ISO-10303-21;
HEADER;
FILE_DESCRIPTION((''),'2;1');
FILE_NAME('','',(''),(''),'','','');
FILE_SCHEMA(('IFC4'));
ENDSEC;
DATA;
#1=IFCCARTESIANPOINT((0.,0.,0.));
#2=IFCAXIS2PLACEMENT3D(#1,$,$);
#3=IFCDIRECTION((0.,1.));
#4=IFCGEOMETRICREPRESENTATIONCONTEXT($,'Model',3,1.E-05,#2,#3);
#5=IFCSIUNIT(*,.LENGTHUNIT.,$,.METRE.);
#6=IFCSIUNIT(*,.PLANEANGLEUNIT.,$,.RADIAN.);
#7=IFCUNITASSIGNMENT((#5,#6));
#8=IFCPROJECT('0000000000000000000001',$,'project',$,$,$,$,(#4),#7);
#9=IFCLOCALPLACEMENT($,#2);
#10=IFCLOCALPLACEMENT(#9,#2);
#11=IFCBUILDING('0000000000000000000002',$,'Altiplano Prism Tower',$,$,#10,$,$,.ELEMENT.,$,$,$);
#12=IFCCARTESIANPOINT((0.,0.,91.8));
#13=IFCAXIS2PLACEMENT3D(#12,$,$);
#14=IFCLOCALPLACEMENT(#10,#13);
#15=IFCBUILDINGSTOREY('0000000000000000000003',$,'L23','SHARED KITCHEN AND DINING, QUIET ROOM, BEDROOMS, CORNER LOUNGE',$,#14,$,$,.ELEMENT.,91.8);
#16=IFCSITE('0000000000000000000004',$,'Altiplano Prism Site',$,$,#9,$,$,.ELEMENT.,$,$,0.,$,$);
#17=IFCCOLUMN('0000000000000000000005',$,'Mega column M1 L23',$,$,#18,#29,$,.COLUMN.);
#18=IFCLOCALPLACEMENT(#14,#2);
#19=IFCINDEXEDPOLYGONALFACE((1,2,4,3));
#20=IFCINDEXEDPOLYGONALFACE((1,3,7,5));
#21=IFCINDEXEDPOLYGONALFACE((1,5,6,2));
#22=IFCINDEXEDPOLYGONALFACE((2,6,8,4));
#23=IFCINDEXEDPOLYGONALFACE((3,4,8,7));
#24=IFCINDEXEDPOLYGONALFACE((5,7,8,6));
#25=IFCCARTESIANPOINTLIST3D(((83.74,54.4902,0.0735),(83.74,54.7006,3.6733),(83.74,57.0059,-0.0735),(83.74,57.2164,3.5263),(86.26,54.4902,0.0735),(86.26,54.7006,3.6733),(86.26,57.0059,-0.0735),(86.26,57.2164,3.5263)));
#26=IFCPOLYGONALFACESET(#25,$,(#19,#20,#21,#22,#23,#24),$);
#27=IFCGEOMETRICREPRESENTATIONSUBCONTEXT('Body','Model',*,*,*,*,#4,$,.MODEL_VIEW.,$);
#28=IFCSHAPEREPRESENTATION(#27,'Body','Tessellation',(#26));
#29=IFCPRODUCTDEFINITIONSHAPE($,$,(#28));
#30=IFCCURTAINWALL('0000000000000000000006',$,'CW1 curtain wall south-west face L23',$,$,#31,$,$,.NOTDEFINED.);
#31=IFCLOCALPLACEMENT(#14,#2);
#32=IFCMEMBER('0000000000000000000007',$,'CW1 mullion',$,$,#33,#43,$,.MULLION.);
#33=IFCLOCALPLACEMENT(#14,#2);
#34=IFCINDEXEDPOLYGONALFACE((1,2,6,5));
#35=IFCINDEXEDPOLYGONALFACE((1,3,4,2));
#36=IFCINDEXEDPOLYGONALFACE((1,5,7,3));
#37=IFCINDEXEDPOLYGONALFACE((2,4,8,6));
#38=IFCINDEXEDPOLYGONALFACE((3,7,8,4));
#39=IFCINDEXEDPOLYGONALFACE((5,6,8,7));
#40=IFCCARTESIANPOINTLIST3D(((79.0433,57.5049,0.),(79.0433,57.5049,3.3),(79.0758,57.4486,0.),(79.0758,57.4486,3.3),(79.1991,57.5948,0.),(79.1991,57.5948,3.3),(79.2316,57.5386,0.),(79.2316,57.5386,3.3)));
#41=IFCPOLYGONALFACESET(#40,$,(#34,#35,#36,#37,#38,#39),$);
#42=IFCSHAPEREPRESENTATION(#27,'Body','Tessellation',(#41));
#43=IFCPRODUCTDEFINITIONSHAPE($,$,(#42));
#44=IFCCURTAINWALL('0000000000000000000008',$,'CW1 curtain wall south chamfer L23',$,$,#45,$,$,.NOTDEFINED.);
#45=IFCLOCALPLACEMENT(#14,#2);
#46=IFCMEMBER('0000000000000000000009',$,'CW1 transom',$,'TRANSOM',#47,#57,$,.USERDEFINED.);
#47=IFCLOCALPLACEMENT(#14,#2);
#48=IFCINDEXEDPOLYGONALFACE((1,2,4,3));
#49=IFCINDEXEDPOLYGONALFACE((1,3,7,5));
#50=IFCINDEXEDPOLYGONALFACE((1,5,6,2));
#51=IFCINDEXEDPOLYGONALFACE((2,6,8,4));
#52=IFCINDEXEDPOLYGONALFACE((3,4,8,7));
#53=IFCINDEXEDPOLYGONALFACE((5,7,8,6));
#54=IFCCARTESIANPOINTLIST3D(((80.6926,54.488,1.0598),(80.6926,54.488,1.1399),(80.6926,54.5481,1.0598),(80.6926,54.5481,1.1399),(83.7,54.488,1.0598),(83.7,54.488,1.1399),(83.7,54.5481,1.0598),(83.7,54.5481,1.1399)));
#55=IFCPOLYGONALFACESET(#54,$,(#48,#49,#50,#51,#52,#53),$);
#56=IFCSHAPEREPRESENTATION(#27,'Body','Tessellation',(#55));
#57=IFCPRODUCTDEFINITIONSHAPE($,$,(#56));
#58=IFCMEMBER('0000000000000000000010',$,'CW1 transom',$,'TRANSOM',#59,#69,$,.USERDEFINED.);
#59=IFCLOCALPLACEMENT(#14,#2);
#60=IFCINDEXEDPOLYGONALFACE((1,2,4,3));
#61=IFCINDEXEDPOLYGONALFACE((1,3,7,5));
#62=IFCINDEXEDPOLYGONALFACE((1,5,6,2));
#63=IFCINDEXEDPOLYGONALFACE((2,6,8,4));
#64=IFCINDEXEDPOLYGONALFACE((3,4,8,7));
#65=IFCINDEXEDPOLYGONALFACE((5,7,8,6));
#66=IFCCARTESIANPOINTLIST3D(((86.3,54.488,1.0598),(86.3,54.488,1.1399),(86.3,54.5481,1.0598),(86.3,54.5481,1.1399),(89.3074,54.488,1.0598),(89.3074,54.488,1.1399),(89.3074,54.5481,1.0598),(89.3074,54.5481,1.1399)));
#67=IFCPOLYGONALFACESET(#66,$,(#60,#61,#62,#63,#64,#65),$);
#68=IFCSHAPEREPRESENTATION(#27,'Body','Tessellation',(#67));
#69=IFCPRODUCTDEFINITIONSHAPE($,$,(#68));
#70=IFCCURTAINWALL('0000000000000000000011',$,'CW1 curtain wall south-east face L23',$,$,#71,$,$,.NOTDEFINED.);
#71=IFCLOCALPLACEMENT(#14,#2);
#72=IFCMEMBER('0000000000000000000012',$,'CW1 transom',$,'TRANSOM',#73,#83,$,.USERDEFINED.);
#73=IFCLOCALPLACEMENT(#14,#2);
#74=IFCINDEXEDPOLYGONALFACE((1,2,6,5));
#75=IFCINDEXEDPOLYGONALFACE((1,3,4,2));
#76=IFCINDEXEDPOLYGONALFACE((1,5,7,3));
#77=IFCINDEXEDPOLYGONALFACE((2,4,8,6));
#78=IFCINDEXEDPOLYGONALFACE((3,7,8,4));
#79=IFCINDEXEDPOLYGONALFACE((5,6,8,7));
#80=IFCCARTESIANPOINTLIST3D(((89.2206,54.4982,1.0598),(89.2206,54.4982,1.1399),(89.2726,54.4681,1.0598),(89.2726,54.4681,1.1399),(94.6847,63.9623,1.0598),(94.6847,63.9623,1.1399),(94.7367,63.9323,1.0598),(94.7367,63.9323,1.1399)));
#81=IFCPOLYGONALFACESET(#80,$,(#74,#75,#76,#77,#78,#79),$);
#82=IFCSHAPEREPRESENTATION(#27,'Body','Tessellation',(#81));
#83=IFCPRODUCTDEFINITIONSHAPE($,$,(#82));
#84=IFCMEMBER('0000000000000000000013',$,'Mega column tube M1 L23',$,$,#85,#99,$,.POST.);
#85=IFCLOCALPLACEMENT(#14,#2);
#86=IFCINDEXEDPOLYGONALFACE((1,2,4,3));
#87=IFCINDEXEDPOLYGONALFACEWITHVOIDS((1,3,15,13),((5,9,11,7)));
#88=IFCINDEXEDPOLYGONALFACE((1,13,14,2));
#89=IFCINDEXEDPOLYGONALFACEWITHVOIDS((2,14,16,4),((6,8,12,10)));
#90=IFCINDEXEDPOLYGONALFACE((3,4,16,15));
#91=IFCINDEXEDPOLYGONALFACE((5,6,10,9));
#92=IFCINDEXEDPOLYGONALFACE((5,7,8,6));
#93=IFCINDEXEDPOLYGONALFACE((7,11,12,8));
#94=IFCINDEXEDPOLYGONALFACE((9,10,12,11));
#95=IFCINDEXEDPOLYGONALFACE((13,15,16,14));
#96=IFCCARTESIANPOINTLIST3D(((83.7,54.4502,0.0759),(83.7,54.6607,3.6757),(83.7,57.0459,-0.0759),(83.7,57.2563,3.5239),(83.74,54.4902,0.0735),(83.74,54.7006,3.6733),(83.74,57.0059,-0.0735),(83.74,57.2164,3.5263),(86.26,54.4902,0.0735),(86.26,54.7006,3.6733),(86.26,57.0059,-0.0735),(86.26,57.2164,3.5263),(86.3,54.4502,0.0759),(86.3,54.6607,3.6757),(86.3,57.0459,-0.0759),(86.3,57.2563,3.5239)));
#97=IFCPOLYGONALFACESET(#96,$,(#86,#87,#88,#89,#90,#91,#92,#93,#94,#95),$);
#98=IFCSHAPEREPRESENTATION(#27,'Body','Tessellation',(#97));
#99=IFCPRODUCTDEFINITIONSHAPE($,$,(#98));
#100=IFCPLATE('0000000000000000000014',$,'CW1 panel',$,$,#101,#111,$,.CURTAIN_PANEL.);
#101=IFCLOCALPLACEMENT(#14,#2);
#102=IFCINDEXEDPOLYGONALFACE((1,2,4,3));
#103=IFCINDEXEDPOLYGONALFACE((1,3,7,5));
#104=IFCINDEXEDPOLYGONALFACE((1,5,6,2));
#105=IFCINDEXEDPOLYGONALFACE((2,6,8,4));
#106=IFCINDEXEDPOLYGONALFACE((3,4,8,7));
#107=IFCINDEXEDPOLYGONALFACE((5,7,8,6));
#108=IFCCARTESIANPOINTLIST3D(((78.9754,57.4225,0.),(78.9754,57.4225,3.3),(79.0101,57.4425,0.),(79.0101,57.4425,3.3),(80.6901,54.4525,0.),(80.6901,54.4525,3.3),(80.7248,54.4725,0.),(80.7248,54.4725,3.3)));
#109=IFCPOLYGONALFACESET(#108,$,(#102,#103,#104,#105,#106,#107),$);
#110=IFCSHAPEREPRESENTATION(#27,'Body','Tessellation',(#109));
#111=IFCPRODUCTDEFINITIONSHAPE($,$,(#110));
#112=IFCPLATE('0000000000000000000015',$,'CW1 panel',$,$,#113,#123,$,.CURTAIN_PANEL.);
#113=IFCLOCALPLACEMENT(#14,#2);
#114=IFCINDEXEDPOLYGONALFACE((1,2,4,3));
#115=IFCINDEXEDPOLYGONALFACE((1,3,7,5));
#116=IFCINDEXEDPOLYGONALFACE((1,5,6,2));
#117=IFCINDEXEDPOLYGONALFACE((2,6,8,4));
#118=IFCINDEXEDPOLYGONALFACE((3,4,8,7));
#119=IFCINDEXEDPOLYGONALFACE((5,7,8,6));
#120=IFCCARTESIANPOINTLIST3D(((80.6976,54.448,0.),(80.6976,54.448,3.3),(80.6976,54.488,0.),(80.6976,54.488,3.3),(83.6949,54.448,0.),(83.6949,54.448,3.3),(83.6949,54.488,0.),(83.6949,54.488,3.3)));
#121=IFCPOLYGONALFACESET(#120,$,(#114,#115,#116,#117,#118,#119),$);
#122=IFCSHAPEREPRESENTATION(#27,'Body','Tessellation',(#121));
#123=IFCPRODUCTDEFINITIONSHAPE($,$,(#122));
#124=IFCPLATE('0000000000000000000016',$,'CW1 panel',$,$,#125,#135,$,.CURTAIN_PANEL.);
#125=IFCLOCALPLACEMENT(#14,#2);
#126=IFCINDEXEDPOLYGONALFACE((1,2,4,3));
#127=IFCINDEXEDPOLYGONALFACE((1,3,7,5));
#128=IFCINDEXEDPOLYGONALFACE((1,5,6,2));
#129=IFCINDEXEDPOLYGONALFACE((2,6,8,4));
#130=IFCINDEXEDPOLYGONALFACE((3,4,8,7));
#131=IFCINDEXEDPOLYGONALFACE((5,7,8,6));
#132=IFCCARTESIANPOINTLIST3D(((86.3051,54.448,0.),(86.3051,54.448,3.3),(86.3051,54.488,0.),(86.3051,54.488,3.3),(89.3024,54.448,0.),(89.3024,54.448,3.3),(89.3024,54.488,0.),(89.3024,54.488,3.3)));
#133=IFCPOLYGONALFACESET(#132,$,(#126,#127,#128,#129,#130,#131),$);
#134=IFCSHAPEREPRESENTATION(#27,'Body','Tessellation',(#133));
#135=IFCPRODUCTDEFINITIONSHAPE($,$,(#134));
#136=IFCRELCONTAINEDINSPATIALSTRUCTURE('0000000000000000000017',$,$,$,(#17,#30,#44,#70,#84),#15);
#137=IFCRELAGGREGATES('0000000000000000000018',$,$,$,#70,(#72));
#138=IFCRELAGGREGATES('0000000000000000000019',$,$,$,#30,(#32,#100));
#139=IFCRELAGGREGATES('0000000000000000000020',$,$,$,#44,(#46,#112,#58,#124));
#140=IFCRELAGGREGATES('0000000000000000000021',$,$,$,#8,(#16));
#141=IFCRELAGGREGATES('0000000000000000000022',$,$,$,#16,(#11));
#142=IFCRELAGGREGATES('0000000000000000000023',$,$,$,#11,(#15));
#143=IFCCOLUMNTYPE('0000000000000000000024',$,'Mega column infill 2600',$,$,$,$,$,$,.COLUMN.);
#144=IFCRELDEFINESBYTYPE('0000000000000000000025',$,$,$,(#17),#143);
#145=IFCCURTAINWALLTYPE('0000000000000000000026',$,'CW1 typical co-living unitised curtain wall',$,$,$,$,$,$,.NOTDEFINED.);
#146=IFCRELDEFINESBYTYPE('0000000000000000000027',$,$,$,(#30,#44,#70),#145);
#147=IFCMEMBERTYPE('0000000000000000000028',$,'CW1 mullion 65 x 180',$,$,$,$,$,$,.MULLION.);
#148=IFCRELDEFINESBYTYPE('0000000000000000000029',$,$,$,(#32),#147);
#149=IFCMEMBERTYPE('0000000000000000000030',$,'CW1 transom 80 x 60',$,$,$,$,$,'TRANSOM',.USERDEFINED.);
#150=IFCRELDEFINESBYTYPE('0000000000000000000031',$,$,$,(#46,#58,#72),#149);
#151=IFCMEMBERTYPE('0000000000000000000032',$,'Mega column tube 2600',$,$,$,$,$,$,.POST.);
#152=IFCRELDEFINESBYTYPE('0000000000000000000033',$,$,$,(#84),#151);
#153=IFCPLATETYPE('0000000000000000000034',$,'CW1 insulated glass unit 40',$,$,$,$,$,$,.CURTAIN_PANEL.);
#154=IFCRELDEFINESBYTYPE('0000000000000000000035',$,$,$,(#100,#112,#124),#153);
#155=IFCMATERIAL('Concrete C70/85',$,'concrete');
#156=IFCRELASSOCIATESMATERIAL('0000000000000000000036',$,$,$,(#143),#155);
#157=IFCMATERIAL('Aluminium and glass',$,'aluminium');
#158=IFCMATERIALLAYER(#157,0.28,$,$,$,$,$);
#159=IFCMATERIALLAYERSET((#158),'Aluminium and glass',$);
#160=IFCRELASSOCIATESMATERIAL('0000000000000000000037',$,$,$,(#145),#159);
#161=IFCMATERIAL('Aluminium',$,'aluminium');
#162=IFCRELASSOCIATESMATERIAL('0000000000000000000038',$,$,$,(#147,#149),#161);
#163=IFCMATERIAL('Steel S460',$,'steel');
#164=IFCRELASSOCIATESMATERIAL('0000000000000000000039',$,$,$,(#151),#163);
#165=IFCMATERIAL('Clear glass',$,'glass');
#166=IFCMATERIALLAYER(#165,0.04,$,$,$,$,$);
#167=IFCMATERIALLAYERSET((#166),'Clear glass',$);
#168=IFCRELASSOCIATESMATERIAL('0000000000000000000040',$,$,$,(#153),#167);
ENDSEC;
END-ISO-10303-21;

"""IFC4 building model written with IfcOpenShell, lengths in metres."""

from ifc_helpers import new_model, si_unit, direction, frame, origin, origin_2d, place, context, subcontext, project, spatial, rectangle, hollow_rectangle, extrude, material, layer, layer_set, material_profile, profile_set, type_object, element, aggregate, save


model = new_model("IFC4")

# Units and contexts
model_context = context("Model", 3, precision=1e-05, world=origin(), true_north=direction((0.0, 1.0)))
body_context = subcontext(model_context, "Body", "Model", "MODEL_VIEW")
ifc_project = project(units=[si_unit("LENGTHUNIT", "METRE"), si_unit("PLANEANGLEUNIT", "RADIAN")], contexts=[model_context])

# Site, building, storey
site_placement = place(None, origin())
site = spatial("IfcSite", under=ifc_project, at=site_placement, Name="Altiplano Prism Site", CompositionType="ELEMENT", RefElevation=0.0)
building_placement = place(site_placement, origin())
building = spatial("IfcBuilding", under=site, at=building_placement, Name="Altiplano Prism Tower", CompositionType="ELEMENT")
storey_placement = place(building_placement, frame((0.0, 0.0, 91.8)))
storey = spatial("IfcBuildingStorey", under=building, at=storey_placement, Name="L23", Description="SHARED KITCHEN AND DINING, QUIET ROOM, BEDROOMS, CORNER LOUNGE", CompositionType="ELEMENT", Elevation=91.8)

# Column
ifc_material_1 = material(Name="Concrete C70/85", Category="concrete")
ifc_material_profile_1 = material_profile(ifc_material_1, rectangle(XDim=2.52, YDim=2.52, at=origin_2d()), Name="Mega column infill 2600")
ifc_profile_set_1 = profile_set([ifc_material_profile_1], Name="Concrete C70/85")
column_type = type_object("IfcColumnType", Name="Mega column infill 2600", PredefinedType="COLUMN", material=ifc_profile_set_1)
column_placement = place(storey_placement, frame((85.0, 55.748, 0.0), z_axis=(0.0, 0.058361, 0.998296), x_axis=(-1.0, 0.0, 0.0)))
element("IfcColumn", 1, at=column_placement, inside=storey, type_object=column_type, Name="Mega column M1 L23", PredefinedType="COLUMN", context=body_context, shape_type="SweptSolid", body=[
    extrude(rectangle(XDim=2.52, YDim=2.52, at=origin_2d()), origin(), (0.0, 0.0, 1.0), 3.606),
])

# Curtain wall, member
ifc_material_2 = material(Name="Aluminium and glass", Category="aluminium")
ifc_layer_1 = layer(ifc_material_2, 0.28)
ifc_layer_set_1 = layer_set([ifc_layer_1], Name="Aluminium and glass")
curtain_wall_type = type_object("IfcCurtainWallType", Name="CW1 typical co-living unitised curtain wall", PredefinedType="NOTDEFINED", material=ifc_layer_set_1)
curtain_wall_1_placement = place(storey_placement, origin())
curtain_wall_1 = element("IfcCurtainWall", 2, at=curtain_wall_1_placement, inside=storey, type_object=curtain_wall_type, Name="CW1 curtain wall south-west face L23", PredefinedType="NOTDEFINED")
ifc_material_3 = material(Name="Aluminium", Category="aluminium")
ifc_material_profile_2 = material_profile(ifc_material_3, rectangle(XDim=0.1799, YDim=0.0649, at=origin_2d()), Name="CW1 mullion 65 x 180")
ifc_profile_set_2 = profile_set([ifc_material_profile_2], Name="Aluminium")
member_type_1 = type_object("IfcMemberType", Name="CW1 mullion 65 x 180", PredefinedType="MULLION", material=ifc_profile_set_2)
member_1_placement = place(storey_placement, frame((79.1375, 57.5217, 0.0), z_axis=(0.0, 0.0, 1.0), x_axis=(0.866025, 0.5, 0.0)))
member_1 = element("IfcMember", 3, at=member_1_placement, type_object=member_type_1, Name="CW1 mullion", PredefinedType="MULLION", context=body_context, shape_type="SweptSolid", body=[
    extrude(rectangle(XDim=0.1799, YDim=0.0649, at=origin_2d()), origin(), (0.0, 0.0, 1.0), 3.3),
])

# Curtain wall, members
curtain_wall_2_placement = place(storey_placement, origin())
curtain_wall_2 = element("IfcCurtainWall", 4, at=curtain_wall_2_placement, inside=storey, type_object=curtain_wall_type, Name="CW1 curtain wall south chamfer L23", PredefinedType="NOTDEFINED")
ifc_material_profile_3 = material_profile(ifc_material_3, rectangle(XDim=0.0601, YDim=0.0801, at=origin_2d()), Name="CW1 transom 80 x 60")
ifc_profile_set_3 = profile_set([ifc_material_profile_3], Name="Aluminium")
member_type_2 = type_object("IfcMemberType", Name="CW1 transom 80 x 60", ElementType="TRANSOM", PredefinedType="USERDEFINED", material=ifc_profile_set_3)
member_2_placement = place(storey_placement, frame((80.6926, 54.5181, 1.0999), z_axis=(1.0, 0.0, 0.0), x_axis=(0.0, 1.0, 0.0)))
member_2 = element("IfcMember", 5, at=member_2_placement, type_object=member_type_2, Name="CW1 transom", ObjectType="TRANSOM", PredefinedType="USERDEFINED", context=body_context, shape_type="SweptSolid", body=[
    extrude(rectangle(XDim=0.0601, YDim=0.0801, at=origin_2d()), origin(), (0.0, 0.0, 1.0), 3.0073),
])
member_3_placement = place(storey_placement, frame((86.3, 54.5181, 1.0999), z_axis=(1.0, 0.0, 0.0), x_axis=(0.0, 1.0, 0.0)))
member_3 = element("IfcMember", 6, at=member_3_placement, type_object=member_type_2, Name="CW1 transom", ObjectType="TRANSOM", PredefinedType="USERDEFINED", context=body_context, shape_type="SweptSolid", body=[
    extrude(rectangle(XDim=0.0601, YDim=0.0801, at=origin_2d()), origin(), (0.0, 0.0, 1.0), 3.0073),
])

# Curtain wall, member
curtain_wall_3_placement = place(storey_placement, origin())
curtain_wall_3 = element("IfcCurtainWall", 7, at=curtain_wall_3_placement, inside=storey, type_object=curtain_wall_type, Name="CW1 curtain wall south-east face L23", PredefinedType="NOTDEFINED")
member_4_placement = place(storey_placement, frame((89.2466, 54.4832, 1.0999), z_axis=(0.5, 0.866025, 0.0), x_axis=(-0.866025, 0.5, 0.0)))
member_4 = element("IfcMember", 8, at=member_4_placement, type_object=member_type_2, Name="CW1 transom", ObjectType="TRANSOM", PredefinedType="USERDEFINED", context=body_context, shape_type="SweptSolid", body=[
    extrude(rectangle(XDim=0.0601, YDim=0.0801, at=origin_2d()), origin(), (0.0, 0.0, 1.0), 10.9282),
])
aggregate(curtain_wall_3, [member_4])

# Member
ifc_material_4 = material(Name="Steel S460", Category="steel")
ifc_material_profile_4 = material_profile(ifc_material_4, hollow_rectangle(XDim=2.6001, YDim=2.6001, WallThickness=0.04, at=origin_2d()), Name="Mega column tube 2600")
ifc_profile_set_4 = profile_set([ifc_material_profile_4], Name="Steel S460")
member_type_3 = type_object("IfcMemberType", Name="Mega column tube 2600", PredefinedType="POST", material=ifc_profile_set_4)
member_5_placement = place(storey_placement, frame((85.0, 55.748, 0.0), z_axis=(0.0, 0.058361, 0.998296), x_axis=(-1.0, 0.0, 0.0)))
element("IfcMember", 9, at=member_5_placement, inside=storey, type_object=member_type_3, Name="Mega column tube M1 L23", PredefinedType="POST", context=body_context, shape_type="SweptSolid", body=[
    extrude(hollow_rectangle(XDim=2.6001, YDim=2.6001, WallThickness=0.04, at=origin_2d()), origin(), (0.0, 0.0, 1.0), 3.606),
])

# Plates
ifc_material_5 = material(Name="Clear glass", Category="glass")
ifc_layer_2 = layer(ifc_material_5, 0.04)
ifc_layer_set_2 = layer_set([ifc_layer_2], Name="Clear glass")
plate_type = type_object("IfcPlateType", Name="CW1 insulated glass unit 40", PredefinedType="CURTAIN_PANEL", material=ifc_layer_set_2)
plate_1_placement = place(storey_placement, frame((79.8501, 55.9475, 0.0), z_axis=(0.0, 0.0, 1.0), x_axis=(0.5, -0.866025, 0.0)))
plate_1 = element("IfcPlate", 10, at=plate_1_placement, type_object=plate_type, Name="CW1 panel", PredefinedType="CURTAIN_PANEL", context=body_context, shape_type="SweptSolid", body=[
    extrude(rectangle(XDim=3.4294, YDim=0.04, at=origin_2d()), origin(), (0.0, 0.0, 1.0), 3.3),
])
aggregate(curtain_wall_1, [member_1, plate_1])
plate_2_placement = place(storey_placement, frame((82.1963, 54.468, 0.0), z_axis=(0.0, 0.0, 1.0), x_axis=(1.0, 0.0, 0.0)))
plate_2 = element("IfcPlate", 11, at=plate_2_placement, type_object=plate_type, Name="CW1 panel", PredefinedType="CURTAIN_PANEL", context=body_context, shape_type="SweptSolid", body=[
    extrude(rectangle(XDim=2.9973, YDim=0.04, at=origin_2d()), origin(), (0.0, 0.0, 1.0), 3.3),
])
plate_3_placement = place(storey_placement, frame((87.8037, 54.468, 0.0), z_axis=(0.0, 0.0, 1.0), x_axis=(1.0, 0.0, 0.0)))
plate_3 = element("IfcPlate", 12, at=plate_3_placement, type_object=plate_type, Name="CW1 panel", PredefinedType="CURTAIN_PANEL", context=body_context, shape_type="SweptSolid", body=[
    extrude(rectangle(XDim=2.9973, YDim=0.04, at=origin_2d()), origin(), (0.0, 0.0, 1.0), 3.3),
])
aggregate(curtain_wall_2, [member_2, plate_2, member_3, plate_3])

save(model, "model.ifc")
